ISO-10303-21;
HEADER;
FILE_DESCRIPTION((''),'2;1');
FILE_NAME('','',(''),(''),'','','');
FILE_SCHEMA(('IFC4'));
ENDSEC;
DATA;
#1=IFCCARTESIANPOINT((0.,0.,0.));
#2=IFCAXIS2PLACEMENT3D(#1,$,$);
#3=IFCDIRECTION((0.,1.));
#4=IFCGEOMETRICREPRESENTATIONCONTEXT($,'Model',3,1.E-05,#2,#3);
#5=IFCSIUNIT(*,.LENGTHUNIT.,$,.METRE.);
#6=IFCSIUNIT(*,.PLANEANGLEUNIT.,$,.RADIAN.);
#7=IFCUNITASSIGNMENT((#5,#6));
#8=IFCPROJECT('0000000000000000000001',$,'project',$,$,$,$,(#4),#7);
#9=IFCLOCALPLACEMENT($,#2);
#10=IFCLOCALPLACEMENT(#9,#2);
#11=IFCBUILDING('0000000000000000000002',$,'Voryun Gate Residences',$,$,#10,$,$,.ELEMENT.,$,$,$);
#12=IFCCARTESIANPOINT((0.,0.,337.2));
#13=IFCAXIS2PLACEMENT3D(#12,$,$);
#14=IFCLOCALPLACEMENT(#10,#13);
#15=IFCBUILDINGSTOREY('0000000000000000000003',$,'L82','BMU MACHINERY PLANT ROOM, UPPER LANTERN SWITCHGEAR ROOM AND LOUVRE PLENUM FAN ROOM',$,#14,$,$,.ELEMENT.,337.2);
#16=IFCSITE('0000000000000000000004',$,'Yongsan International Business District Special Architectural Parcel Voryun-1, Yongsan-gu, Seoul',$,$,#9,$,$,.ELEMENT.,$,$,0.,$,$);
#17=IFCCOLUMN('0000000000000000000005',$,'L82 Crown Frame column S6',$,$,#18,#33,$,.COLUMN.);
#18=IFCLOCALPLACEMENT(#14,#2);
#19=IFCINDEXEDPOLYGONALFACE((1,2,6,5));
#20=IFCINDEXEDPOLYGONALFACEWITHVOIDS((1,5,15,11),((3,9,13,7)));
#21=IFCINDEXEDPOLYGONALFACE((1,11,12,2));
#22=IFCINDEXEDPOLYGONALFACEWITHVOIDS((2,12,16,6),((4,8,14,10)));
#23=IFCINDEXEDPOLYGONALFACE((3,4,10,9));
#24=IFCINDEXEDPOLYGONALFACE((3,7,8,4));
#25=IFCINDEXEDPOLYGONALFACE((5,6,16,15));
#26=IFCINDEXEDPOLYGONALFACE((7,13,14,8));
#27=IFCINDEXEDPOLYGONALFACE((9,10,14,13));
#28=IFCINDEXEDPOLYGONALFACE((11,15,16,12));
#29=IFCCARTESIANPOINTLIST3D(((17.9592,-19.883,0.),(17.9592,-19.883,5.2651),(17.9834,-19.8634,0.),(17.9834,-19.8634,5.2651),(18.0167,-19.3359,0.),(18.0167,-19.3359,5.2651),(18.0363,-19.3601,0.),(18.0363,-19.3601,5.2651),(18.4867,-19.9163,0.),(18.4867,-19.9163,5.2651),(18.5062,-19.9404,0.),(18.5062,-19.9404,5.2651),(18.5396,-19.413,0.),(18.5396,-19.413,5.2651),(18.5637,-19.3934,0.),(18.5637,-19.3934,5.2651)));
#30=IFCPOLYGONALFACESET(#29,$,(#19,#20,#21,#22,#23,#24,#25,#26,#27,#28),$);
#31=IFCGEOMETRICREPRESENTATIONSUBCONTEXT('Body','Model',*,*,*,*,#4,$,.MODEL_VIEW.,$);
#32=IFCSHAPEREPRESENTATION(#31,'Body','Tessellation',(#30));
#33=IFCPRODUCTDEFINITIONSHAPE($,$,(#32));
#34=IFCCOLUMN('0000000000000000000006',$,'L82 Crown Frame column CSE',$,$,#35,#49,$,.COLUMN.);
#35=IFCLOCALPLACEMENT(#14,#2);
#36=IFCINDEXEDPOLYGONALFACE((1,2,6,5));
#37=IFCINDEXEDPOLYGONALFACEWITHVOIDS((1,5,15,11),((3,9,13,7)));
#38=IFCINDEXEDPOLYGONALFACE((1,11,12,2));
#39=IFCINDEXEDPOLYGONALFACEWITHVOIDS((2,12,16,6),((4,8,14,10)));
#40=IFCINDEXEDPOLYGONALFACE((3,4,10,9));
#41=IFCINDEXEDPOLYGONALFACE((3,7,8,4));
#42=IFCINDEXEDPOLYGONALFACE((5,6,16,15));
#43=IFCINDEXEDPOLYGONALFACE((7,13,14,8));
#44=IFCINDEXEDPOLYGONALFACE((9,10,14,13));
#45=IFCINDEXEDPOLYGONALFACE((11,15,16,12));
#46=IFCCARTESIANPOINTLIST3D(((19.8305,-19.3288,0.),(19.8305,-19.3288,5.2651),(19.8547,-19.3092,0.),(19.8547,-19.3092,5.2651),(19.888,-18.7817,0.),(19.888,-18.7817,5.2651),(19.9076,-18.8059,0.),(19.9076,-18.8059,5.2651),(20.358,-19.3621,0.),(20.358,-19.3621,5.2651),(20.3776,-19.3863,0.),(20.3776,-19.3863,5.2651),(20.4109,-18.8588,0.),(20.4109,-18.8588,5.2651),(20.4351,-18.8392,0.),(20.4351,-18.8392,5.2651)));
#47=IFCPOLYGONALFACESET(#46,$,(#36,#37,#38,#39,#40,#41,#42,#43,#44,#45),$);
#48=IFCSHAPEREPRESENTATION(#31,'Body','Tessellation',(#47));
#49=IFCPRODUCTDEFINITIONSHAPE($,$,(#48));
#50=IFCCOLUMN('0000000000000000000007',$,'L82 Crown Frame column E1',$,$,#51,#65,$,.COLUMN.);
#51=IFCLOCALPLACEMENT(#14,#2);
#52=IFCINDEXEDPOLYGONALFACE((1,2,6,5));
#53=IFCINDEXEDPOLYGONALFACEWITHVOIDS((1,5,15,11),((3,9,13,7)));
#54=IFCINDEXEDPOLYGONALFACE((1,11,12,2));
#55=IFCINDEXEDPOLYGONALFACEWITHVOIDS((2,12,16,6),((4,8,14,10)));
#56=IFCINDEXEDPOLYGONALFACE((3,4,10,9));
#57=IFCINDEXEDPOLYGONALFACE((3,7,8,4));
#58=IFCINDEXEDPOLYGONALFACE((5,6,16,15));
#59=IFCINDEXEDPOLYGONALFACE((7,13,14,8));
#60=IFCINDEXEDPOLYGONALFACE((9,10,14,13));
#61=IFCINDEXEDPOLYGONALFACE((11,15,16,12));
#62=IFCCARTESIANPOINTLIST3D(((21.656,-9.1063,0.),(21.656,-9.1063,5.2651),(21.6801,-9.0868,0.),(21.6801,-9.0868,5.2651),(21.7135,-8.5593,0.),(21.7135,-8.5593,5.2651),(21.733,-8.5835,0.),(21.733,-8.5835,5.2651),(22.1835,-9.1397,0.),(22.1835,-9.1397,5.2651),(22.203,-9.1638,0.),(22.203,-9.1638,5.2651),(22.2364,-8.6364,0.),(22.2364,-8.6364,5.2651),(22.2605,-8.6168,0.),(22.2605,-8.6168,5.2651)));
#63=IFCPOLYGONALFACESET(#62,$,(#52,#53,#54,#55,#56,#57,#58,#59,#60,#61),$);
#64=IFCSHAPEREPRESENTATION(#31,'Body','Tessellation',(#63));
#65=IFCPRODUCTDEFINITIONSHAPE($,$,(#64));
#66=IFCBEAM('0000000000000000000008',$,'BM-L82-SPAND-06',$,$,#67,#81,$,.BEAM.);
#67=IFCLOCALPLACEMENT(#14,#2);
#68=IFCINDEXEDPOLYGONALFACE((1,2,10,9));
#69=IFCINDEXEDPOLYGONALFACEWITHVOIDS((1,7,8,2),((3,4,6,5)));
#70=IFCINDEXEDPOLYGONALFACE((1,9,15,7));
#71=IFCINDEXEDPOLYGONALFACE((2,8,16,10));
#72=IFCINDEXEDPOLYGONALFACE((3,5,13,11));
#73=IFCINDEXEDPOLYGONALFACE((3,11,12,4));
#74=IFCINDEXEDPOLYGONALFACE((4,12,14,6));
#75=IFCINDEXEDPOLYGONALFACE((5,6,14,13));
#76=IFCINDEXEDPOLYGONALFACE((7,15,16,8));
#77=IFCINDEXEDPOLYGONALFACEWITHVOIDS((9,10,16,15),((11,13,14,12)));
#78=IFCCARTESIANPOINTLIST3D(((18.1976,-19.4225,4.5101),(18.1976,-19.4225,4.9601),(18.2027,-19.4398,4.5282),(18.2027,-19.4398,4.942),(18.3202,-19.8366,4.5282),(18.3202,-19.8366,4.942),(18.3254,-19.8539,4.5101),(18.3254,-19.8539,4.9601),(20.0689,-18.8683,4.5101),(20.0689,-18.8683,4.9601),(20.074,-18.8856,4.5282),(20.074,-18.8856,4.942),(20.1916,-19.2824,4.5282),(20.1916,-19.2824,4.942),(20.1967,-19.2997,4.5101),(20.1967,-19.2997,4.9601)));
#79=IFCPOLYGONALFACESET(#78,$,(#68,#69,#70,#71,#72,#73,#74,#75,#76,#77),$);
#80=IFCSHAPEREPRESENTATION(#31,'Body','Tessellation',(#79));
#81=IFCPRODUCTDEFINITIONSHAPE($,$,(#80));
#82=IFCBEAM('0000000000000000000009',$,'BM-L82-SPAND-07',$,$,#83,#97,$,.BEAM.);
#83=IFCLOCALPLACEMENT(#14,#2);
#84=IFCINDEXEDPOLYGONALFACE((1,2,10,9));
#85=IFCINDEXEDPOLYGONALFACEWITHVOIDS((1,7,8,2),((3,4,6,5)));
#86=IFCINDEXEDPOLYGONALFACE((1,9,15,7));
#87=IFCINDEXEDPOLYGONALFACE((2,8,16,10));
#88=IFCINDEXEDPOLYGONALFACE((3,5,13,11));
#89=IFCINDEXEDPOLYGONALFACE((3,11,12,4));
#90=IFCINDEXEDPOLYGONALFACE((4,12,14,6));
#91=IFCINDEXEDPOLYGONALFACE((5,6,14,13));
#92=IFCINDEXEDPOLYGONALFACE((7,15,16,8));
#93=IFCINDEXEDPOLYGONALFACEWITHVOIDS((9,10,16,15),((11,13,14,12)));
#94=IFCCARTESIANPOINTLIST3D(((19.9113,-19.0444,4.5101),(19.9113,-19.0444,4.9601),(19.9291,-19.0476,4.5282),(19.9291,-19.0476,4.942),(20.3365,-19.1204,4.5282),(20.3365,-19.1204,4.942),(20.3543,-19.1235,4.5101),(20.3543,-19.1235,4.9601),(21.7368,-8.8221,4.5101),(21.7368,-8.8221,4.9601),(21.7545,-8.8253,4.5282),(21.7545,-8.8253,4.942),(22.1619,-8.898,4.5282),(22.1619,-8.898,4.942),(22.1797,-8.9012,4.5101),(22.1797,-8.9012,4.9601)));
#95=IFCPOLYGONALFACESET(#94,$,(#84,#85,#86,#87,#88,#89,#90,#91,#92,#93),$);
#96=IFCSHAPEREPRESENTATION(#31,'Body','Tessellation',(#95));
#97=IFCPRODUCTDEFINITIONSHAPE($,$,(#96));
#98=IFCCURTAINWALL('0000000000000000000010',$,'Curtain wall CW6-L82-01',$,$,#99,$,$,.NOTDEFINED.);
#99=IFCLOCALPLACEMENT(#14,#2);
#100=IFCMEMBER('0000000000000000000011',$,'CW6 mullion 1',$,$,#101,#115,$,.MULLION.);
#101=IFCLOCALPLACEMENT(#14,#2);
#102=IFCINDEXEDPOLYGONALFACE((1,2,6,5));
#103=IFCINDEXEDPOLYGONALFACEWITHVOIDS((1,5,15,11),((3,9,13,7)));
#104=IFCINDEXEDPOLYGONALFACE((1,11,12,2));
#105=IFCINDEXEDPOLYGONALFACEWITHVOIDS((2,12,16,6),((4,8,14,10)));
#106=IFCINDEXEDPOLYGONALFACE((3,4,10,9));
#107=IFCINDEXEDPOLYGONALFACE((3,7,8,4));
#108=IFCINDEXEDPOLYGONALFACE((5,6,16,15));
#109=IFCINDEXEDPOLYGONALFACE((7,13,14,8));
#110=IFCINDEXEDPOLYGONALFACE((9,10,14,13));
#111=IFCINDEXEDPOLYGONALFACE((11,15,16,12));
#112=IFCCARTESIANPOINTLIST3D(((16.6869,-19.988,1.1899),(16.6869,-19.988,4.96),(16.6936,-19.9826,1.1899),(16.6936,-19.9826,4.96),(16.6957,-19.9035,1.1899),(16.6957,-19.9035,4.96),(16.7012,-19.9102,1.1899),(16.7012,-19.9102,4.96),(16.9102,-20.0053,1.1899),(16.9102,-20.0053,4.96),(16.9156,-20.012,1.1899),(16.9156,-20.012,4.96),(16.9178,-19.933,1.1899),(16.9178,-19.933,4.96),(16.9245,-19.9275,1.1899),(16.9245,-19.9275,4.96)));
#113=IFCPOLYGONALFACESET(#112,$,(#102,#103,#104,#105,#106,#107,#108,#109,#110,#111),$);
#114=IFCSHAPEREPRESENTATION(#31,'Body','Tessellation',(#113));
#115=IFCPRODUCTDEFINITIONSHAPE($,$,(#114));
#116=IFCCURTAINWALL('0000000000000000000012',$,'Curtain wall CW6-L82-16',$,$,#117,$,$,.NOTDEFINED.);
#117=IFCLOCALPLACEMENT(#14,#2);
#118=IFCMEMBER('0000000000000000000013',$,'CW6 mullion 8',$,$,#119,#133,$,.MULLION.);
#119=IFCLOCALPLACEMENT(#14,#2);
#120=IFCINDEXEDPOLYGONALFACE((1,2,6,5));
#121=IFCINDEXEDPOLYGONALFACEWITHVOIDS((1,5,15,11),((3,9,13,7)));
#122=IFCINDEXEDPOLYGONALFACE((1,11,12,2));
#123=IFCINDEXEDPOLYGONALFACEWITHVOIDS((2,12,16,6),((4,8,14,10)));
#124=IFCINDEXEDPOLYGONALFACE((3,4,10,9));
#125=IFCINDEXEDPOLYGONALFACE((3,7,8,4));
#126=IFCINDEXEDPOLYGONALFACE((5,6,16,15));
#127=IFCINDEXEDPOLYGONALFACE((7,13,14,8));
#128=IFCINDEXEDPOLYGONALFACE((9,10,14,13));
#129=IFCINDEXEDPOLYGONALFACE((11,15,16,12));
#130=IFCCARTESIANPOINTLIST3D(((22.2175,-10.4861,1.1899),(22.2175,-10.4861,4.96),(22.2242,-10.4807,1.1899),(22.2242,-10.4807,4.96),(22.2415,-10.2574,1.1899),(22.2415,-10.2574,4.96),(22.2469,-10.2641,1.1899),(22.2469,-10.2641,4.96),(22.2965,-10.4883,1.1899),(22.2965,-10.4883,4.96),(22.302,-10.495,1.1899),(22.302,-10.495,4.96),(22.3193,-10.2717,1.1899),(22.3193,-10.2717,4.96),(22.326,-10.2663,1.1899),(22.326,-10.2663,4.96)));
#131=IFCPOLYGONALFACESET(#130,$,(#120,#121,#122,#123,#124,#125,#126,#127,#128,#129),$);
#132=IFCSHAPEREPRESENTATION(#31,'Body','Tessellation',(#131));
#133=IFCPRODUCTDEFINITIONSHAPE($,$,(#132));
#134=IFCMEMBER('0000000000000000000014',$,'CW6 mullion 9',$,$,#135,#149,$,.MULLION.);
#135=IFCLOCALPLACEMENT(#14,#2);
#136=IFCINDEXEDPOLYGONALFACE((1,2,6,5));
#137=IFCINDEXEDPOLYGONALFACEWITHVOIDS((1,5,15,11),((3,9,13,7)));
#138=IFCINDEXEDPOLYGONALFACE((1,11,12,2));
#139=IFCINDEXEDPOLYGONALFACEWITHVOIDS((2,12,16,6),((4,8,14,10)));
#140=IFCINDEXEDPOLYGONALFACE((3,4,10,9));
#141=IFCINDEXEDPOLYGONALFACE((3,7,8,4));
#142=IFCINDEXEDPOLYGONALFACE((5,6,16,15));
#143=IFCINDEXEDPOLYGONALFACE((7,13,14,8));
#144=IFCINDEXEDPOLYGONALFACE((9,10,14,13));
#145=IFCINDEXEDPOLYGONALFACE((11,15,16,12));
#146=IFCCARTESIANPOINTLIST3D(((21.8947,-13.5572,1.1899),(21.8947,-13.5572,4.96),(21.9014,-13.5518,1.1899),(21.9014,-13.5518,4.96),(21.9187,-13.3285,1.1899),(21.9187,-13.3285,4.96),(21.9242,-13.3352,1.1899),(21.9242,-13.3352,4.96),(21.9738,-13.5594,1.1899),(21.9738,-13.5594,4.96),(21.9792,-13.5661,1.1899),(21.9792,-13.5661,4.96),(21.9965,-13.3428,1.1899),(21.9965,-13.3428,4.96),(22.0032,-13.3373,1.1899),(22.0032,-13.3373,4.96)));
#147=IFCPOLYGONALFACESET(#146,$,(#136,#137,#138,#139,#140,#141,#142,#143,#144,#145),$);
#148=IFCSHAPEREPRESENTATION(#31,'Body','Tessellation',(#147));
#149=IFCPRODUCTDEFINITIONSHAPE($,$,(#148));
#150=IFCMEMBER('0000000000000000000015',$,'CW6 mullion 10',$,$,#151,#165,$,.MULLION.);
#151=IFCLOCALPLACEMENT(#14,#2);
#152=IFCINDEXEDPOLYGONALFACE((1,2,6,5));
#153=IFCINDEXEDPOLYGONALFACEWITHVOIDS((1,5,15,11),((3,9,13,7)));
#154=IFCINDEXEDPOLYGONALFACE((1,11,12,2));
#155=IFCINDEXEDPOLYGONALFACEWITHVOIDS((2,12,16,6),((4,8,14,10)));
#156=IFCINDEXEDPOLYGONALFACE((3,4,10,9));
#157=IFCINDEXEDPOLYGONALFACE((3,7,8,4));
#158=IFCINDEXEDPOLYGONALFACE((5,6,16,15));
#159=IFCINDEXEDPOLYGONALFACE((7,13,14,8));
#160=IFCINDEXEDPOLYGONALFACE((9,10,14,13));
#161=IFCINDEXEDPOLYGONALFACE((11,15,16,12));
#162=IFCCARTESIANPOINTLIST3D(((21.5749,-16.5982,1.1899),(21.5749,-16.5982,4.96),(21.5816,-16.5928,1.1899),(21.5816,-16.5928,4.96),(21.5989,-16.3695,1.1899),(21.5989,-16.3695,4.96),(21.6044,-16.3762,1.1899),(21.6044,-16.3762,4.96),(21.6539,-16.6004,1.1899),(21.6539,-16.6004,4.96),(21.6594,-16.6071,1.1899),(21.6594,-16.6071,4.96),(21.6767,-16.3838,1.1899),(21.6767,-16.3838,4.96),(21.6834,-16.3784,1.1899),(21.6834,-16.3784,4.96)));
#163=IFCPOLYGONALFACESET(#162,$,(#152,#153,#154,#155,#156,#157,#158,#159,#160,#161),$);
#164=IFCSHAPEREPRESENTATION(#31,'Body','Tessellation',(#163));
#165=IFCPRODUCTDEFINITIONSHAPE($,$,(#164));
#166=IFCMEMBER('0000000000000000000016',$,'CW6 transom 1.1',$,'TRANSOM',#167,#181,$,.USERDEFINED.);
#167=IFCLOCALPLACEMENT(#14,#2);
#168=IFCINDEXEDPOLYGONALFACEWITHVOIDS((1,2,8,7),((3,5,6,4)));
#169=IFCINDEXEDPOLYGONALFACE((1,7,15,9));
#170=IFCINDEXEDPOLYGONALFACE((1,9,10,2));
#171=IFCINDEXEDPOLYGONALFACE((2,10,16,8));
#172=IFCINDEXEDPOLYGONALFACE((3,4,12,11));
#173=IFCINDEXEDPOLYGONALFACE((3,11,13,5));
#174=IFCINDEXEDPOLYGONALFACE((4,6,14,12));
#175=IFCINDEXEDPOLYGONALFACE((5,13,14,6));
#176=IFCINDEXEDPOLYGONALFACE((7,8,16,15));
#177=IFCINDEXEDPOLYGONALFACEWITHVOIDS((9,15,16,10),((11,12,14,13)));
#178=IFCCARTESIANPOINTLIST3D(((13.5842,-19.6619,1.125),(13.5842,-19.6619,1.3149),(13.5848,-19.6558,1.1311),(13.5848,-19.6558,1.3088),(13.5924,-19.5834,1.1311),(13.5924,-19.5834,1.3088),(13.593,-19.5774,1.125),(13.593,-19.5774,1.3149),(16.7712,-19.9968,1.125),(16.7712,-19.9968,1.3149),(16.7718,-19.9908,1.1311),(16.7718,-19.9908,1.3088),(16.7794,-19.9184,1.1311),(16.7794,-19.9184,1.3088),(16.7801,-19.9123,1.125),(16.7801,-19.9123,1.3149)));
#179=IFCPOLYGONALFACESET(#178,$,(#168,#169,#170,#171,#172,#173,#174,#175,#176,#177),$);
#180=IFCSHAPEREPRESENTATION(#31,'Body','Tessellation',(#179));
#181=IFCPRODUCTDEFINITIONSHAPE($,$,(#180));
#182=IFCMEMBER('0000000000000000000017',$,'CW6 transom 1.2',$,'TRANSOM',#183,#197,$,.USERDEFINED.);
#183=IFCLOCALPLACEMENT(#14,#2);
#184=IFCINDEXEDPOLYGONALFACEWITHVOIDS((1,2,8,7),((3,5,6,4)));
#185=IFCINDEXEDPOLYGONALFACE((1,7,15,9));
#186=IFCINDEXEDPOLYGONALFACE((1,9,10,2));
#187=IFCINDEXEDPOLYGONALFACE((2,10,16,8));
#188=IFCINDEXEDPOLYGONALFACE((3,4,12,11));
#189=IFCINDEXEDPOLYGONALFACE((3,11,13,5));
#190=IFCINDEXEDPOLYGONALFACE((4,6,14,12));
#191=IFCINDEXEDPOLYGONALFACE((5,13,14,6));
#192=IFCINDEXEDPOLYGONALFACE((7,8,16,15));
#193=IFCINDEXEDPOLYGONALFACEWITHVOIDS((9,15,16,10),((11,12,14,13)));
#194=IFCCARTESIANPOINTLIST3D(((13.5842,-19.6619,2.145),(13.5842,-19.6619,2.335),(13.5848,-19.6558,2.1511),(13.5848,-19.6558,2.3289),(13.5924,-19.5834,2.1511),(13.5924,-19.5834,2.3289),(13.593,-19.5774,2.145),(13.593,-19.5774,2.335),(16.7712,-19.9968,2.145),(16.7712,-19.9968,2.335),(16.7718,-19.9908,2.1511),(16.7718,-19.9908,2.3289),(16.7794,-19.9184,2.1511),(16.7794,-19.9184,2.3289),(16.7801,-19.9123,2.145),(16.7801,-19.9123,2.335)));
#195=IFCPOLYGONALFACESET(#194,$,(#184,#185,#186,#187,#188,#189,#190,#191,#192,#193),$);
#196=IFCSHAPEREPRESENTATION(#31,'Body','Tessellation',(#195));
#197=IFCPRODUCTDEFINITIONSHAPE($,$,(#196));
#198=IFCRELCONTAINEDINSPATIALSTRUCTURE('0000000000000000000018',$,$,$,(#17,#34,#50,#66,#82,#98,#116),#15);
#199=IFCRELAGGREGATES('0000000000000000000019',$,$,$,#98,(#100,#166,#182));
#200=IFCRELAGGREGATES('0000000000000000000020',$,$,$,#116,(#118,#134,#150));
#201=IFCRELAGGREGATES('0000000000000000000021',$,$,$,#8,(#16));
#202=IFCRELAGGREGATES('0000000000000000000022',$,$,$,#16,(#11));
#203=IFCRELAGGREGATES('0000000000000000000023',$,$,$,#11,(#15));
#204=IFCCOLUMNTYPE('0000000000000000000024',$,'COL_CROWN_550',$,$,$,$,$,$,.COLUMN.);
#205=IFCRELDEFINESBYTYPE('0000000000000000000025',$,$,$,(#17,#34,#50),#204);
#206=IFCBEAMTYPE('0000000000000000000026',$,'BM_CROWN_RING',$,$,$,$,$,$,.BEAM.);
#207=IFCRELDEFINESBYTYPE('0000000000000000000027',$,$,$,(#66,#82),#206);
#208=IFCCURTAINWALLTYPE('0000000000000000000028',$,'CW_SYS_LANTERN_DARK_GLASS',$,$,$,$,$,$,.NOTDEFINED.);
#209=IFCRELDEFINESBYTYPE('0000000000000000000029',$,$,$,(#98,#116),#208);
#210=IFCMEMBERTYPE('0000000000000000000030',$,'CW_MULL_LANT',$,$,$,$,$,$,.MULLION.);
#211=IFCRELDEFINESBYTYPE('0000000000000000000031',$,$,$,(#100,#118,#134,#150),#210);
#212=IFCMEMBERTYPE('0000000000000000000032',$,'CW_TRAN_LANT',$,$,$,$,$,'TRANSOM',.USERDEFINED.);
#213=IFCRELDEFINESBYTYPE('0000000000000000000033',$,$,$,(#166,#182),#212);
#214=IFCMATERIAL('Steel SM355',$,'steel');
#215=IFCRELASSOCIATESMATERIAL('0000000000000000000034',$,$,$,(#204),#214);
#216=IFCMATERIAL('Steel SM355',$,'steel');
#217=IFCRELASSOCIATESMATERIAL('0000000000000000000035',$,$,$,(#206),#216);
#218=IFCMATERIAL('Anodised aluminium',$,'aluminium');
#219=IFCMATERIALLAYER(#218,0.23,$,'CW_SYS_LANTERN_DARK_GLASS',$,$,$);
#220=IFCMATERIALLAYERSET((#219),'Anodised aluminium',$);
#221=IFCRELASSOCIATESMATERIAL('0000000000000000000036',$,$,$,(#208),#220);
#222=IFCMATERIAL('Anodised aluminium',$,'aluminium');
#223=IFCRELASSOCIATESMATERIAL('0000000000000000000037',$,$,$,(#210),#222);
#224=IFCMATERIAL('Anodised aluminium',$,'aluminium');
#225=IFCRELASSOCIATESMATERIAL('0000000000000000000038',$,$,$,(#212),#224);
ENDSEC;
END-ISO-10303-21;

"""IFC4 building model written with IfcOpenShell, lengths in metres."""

from ifc_helpers import new_model, si_unit, direction, frame, origin, origin_2d, place, context, subcontext, project, spatial, hollow_rectangle, extrude, material, layer, layer_set, material_profile, profile_set, type_object, element, aggregate, save


model = new_model("IFC4")

# Units and contexts
model_context = context("Model", 3, precision=1e-05, world=origin(), true_north=direction((0.0, 1.0)))
body_context = subcontext(model_context, "Body", "Model", "MODEL_VIEW")
ifc_project = project(units=[si_unit("LENGTHUNIT", "METRE"), si_unit("PLANEANGLEUNIT", "RADIAN")], contexts=[model_context])

# Site, building, storey
site_placement = place(None, origin())
site = spatial("IfcSite", under=ifc_project, at=site_placement, Name="Yongsan International Business District Special Architectural Parcel Voryun-1, Yongsan-gu, Seoul", CompositionType="ELEMENT", RefElevation=0.0)
building_placement = place(site_placement, origin())
building = spatial("IfcBuilding", under=site, at=building_placement, Name="Voryun Gate Residences", CompositionType="ELEMENT")
storey_placement = place(building_placement, frame((0.0, 0.0, 337.2)))
storey = spatial("IfcBuildingStorey", under=building, at=storey_placement, Name="L82", Description="BMU MACHINERY PLANT ROOM, UPPER LANTERN SWITCHGEAR ROOM AND LOUVRE PLENUM FAN ROOM", CompositionType="ELEMENT", Elevation=337.2)

# Columns
ifc_material_1 = material(Name="Steel SM355", Category="steel")
ifc_material_profile_1 = material_profile(ifc_material_1, hollow_rectangle(XDim=0.55, YDim=0.55, WallThickness=0.022, at=origin_2d()), Name="BOX-550x550x22")
ifc_profile_set_1 = profile_set([ifc_material_profile_1], Name="Steel SM355")
column_type = type_object("IfcColumnType", Name="COL_CROWN_550", PredefinedType="COLUMN", material=ifc_profile_set_1)
for number, where, z_axis, x_axis, name in (
    (1, (18.2615, -19.6382, 0.0), (0.0, 0.0, 1.0), (0.994522, -0.104528, 0.0), "L82 Crown Frame column S6"),
    (2, (20.1328, -19.084, 0.0), (0.0, 0.0, 1.0), (0.994522, -0.104528, 0.0), "L82 Crown Frame column CSE"),
    (3, (21.9583, -8.8616, 0.0), (0.0, 0.0, 1.0), (0.994522, -0.104528, 0.0), "L82 Crown Frame column E1"),
):
    element("IfcColumn", number, at=place(storey_placement, frame(where, z_axis=z_axis, x_axis=x_axis)), inside=storey, type_object=column_type, Name=name, PredefinedType="COLUMN", context=body_context, shape_type="SweptSolid", body=[
        extrude(hollow_rectangle(XDim=0.55, YDim=0.55, WallThickness=0.022, at=origin_2d()), origin(), (0.0, 0.0, 1.0), 5.2651),
    ])

# Beams
ifc_material_2 = material(Name="Steel SM355", Category="steel")
ifc_material_profile_2 = material_profile(ifc_material_2, hollow_rectangle(XDim=0.45, YDim=0.45, WallThickness=0.0181, at=origin_2d()), Name="BOX-450x450x18")
ifc_profile_set_2 = profile_set([ifc_material_profile_2], Name="Steel SM355")
beam_type = type_object("IfcBeamType", Name="BM_CROWN_RING", PredefinedType="BEAM", material=ifc_profile_set_2)
beam_1_placement = place(storey_placement, frame((18.2615, -19.6382, 4.7351), z_axis=(0.958836, 0.283961, 0.0), x_axis=(-0.283961, 0.958836, 0.0)))
element("IfcBeam", 4, at=beam_1_placement, inside=storey, type_object=beam_type, Name="BM-L82-SPAND-06", PredefinedType="BEAM", context=body_context, shape_type="SweptSolid", body=[
    extrude(hollow_rectangle(XDim=0.45, YDim=0.45, WallThickness=0.0181, at=origin_2d()), origin(), (0.0, 0.0, 1.0), 1.9517),
])
beam_2_placement = place(storey_placement, frame((20.1328, -19.084, 4.7351), z_axis=(0.175791, 0.984427, 0.0), x_axis=(-0.984427, 0.175791, 0.0)))
element("IfcBeam", 5, at=beam_2_placement, inside=storey, type_object=beam_type, Name="BM-L82-SPAND-07", PredefinedType="BEAM", context=body_context, shape_type="SweptSolid", body=[
    extrude(hollow_rectangle(XDim=0.45, YDim=0.45, WallThickness=0.0181, at=origin_2d()), origin(), (0.0, 0.0, 1.0), 10.384),
])

# Curtain wall, member
ifc_material_3 = material(Name="Anodised aluminium", Category="aluminium")
ifc_layer_1 = layer(ifc_material_3, 0.23, Name="CW_SYS_LANTERN_DARK_GLASS")
ifc_layer_set_1 = layer_set([ifc_layer_1], Name="Anodised aluminium")
curtain_wall_type = type_object("IfcCurtainWallType", Name="CW_SYS_LANTERN_DARK_GLASS", PredefinedType="NOTDEFINED", material=ifc_layer_set_1)
curtain_wall_1_placement = place(storey_placement, origin())
curtain_wall_1 = element("IfcCurtainWall", 6, at=curtain_wall_1_placement, inside=storey, type_object=curtain_wall_type, Name="Curtain wall CW6-L82-01", PredefinedType="NOTDEFINED")
ifc_material_4 = material(Name="Anodised aluminium", Category="aluminium")
ifc_material_profile_3 = material_profile(ifc_material_4, hollow_rectangle(XDim=0.085, YDim=0.23, WallThickness=0.0061, at=origin_2d()), Name="ALU-MULL-230x85x6")
ifc_profile_set_3 = profile_set([ifc_material_profile_3], Name="Anodised aluminium")
member_type_1 = type_object("IfcMemberType", Name="CW_MULL_LANT", PredefinedType="MULLION", material=ifc_profile_set_3)
member_1_placement = place(storey_placement, frame((16.8057, -19.9578, 1.1899), z_axis=(0.0, 0.0, 1.0), x_axis=(-0.104528, -0.994522, 0.0)))
member_1 = element("IfcMember", 7, at=member_1_placement, type_object=member_type_1, Name="CW6 mullion 1", PredefinedType="MULLION", context=body_context, shape_type="SweptSolid", body=[
    extrude(hollow_rectangle(XDim=0.085, YDim=0.23, WallThickness=0.0061, at=origin_2d()), origin(), (0.0, 0.0, 1.0), 3.77),
])

# Curtain wall, members
curtain_wall_2_placement = place(storey_placement, origin())
curtain_wall_2 = element("IfcCurtainWall", 8, at=curtain_wall_2_placement, inside=storey, type_object=curtain_wall_type, Name="Curtain wall CW6-L82-16", PredefinedType="NOTDEFINED")
member_2_placement = place(storey_placement, frame((22.2717, -10.3762, 1.1899), z_axis=(0.0, 0.0, 1.0), x_axis=(0.994522, -0.104528, 0.0)))
member_2 = element("IfcMember", 9, at=member_2_placement, type_object=member_type_1, Name="CW6 mullion 8", PredefinedType="MULLION", context=body_context, shape_type="SweptSolid", body=[
    extrude(hollow_rectangle(XDim=0.085, YDim=0.23, WallThickness=0.0061, at=origin_2d()), origin(), (0.0, 0.0, 1.0), 3.77),
])
member_3_placement = place(storey_placement, frame((21.949, -13.4473, 1.1899), z_axis=(0.0, 0.0, 1.0), x_axis=(0.994522, -0.104528, 0.0)))
member_3 = element("IfcMember", 10, at=member_3_placement, type_object=member_type_1, Name="CW6 mullion 9", PredefinedType="MULLION", context=body_context, shape_type="SweptSolid", body=[
    extrude(hollow_rectangle(XDim=0.085, YDim=0.23, WallThickness=0.0061, at=origin_2d()), origin(), (0.0, 0.0, 1.0), 3.77),
])
member_4_placement = place(storey_placement, frame((21.6292, -16.4883, 1.1899), z_axis=(0.0, 0.0, 1.0), x_axis=(0.994522, -0.104528, 0.0)))
member_4 = element("IfcMember", 11, at=member_4_placement, type_object=member_type_1, Name="CW6 mullion 10", PredefinedType="MULLION", context=body_context, shape_type="SweptSolid", body=[
    extrude(hollow_rectangle(XDim=0.085, YDim=0.23, WallThickness=0.0061, at=origin_2d()), origin(), (0.0, 0.0, 1.0), 3.77),
])

# Members
ifc_material_5 = material(Name="Anodised aluminium", Category="aluminium")
ifc_material_profile_4 = material_profile(ifc_material_5, hollow_rectangle(XDim=0.085, YDim=0.1899, WallThickness=0.0061, at=origin_2d()), Name="ALU-TRAN-190x85x6")
ifc_profile_set_4 = profile_set([ifc_material_profile_4], Name="Anodised aluminium")
member_type_2 = type_object("IfcMemberType", Name="CW_TRAN_LANT", ElementType="TRANSOM", PredefinedType="USERDEFINED", material=ifc_profile_set_4)
member_5_placement = place(storey_placement, frame((16.7756, -19.9546, 1.22), z_axis=(-0.994522, 0.104526, 0.0), x_axis=(-0.104526, -0.994522, 0.0)))
member_5 = element("IfcMember", 12, at=member_5_placement, type_object=member_type_2, Name="CW6 transom 1.1", ObjectType="TRANSOM", PredefinedType="USERDEFINED", context=body_context, shape_type="SweptSolid", body=[
    extrude(hollow_rectangle(XDim=0.085, YDim=0.1899, WallThickness=0.0061, at=origin_2d()), origin(), (0.0, 0.0, 1.0), 3.2046),
])
member_6_placement = place(storey_placement, frame((16.7756, -19.9546, 2.24), z_axis=(-0.994522, 0.104526, 0.0), x_axis=(-0.104526, -0.994522, 0.0)))
member_6 = element("IfcMember", 13, at=member_6_placement, type_object=member_type_2, Name="CW6 transom 1.2", ObjectType="TRANSOM", PredefinedType="USERDEFINED", context=body_context, shape_type="SweptSolid", body=[
    extrude(hollow_rectangle(XDim=0.085, YDim=0.1899, WallThickness=0.0061, at=origin_2d()), origin(), (0.0, 0.0, 1.0), 3.2046),
])
aggregate(curtain_wall_1, [member_1, member_5, member_6])

aggregate(curtain_wall_2, [member_2, member_3, member_4])

save(model, "model.ifc")
